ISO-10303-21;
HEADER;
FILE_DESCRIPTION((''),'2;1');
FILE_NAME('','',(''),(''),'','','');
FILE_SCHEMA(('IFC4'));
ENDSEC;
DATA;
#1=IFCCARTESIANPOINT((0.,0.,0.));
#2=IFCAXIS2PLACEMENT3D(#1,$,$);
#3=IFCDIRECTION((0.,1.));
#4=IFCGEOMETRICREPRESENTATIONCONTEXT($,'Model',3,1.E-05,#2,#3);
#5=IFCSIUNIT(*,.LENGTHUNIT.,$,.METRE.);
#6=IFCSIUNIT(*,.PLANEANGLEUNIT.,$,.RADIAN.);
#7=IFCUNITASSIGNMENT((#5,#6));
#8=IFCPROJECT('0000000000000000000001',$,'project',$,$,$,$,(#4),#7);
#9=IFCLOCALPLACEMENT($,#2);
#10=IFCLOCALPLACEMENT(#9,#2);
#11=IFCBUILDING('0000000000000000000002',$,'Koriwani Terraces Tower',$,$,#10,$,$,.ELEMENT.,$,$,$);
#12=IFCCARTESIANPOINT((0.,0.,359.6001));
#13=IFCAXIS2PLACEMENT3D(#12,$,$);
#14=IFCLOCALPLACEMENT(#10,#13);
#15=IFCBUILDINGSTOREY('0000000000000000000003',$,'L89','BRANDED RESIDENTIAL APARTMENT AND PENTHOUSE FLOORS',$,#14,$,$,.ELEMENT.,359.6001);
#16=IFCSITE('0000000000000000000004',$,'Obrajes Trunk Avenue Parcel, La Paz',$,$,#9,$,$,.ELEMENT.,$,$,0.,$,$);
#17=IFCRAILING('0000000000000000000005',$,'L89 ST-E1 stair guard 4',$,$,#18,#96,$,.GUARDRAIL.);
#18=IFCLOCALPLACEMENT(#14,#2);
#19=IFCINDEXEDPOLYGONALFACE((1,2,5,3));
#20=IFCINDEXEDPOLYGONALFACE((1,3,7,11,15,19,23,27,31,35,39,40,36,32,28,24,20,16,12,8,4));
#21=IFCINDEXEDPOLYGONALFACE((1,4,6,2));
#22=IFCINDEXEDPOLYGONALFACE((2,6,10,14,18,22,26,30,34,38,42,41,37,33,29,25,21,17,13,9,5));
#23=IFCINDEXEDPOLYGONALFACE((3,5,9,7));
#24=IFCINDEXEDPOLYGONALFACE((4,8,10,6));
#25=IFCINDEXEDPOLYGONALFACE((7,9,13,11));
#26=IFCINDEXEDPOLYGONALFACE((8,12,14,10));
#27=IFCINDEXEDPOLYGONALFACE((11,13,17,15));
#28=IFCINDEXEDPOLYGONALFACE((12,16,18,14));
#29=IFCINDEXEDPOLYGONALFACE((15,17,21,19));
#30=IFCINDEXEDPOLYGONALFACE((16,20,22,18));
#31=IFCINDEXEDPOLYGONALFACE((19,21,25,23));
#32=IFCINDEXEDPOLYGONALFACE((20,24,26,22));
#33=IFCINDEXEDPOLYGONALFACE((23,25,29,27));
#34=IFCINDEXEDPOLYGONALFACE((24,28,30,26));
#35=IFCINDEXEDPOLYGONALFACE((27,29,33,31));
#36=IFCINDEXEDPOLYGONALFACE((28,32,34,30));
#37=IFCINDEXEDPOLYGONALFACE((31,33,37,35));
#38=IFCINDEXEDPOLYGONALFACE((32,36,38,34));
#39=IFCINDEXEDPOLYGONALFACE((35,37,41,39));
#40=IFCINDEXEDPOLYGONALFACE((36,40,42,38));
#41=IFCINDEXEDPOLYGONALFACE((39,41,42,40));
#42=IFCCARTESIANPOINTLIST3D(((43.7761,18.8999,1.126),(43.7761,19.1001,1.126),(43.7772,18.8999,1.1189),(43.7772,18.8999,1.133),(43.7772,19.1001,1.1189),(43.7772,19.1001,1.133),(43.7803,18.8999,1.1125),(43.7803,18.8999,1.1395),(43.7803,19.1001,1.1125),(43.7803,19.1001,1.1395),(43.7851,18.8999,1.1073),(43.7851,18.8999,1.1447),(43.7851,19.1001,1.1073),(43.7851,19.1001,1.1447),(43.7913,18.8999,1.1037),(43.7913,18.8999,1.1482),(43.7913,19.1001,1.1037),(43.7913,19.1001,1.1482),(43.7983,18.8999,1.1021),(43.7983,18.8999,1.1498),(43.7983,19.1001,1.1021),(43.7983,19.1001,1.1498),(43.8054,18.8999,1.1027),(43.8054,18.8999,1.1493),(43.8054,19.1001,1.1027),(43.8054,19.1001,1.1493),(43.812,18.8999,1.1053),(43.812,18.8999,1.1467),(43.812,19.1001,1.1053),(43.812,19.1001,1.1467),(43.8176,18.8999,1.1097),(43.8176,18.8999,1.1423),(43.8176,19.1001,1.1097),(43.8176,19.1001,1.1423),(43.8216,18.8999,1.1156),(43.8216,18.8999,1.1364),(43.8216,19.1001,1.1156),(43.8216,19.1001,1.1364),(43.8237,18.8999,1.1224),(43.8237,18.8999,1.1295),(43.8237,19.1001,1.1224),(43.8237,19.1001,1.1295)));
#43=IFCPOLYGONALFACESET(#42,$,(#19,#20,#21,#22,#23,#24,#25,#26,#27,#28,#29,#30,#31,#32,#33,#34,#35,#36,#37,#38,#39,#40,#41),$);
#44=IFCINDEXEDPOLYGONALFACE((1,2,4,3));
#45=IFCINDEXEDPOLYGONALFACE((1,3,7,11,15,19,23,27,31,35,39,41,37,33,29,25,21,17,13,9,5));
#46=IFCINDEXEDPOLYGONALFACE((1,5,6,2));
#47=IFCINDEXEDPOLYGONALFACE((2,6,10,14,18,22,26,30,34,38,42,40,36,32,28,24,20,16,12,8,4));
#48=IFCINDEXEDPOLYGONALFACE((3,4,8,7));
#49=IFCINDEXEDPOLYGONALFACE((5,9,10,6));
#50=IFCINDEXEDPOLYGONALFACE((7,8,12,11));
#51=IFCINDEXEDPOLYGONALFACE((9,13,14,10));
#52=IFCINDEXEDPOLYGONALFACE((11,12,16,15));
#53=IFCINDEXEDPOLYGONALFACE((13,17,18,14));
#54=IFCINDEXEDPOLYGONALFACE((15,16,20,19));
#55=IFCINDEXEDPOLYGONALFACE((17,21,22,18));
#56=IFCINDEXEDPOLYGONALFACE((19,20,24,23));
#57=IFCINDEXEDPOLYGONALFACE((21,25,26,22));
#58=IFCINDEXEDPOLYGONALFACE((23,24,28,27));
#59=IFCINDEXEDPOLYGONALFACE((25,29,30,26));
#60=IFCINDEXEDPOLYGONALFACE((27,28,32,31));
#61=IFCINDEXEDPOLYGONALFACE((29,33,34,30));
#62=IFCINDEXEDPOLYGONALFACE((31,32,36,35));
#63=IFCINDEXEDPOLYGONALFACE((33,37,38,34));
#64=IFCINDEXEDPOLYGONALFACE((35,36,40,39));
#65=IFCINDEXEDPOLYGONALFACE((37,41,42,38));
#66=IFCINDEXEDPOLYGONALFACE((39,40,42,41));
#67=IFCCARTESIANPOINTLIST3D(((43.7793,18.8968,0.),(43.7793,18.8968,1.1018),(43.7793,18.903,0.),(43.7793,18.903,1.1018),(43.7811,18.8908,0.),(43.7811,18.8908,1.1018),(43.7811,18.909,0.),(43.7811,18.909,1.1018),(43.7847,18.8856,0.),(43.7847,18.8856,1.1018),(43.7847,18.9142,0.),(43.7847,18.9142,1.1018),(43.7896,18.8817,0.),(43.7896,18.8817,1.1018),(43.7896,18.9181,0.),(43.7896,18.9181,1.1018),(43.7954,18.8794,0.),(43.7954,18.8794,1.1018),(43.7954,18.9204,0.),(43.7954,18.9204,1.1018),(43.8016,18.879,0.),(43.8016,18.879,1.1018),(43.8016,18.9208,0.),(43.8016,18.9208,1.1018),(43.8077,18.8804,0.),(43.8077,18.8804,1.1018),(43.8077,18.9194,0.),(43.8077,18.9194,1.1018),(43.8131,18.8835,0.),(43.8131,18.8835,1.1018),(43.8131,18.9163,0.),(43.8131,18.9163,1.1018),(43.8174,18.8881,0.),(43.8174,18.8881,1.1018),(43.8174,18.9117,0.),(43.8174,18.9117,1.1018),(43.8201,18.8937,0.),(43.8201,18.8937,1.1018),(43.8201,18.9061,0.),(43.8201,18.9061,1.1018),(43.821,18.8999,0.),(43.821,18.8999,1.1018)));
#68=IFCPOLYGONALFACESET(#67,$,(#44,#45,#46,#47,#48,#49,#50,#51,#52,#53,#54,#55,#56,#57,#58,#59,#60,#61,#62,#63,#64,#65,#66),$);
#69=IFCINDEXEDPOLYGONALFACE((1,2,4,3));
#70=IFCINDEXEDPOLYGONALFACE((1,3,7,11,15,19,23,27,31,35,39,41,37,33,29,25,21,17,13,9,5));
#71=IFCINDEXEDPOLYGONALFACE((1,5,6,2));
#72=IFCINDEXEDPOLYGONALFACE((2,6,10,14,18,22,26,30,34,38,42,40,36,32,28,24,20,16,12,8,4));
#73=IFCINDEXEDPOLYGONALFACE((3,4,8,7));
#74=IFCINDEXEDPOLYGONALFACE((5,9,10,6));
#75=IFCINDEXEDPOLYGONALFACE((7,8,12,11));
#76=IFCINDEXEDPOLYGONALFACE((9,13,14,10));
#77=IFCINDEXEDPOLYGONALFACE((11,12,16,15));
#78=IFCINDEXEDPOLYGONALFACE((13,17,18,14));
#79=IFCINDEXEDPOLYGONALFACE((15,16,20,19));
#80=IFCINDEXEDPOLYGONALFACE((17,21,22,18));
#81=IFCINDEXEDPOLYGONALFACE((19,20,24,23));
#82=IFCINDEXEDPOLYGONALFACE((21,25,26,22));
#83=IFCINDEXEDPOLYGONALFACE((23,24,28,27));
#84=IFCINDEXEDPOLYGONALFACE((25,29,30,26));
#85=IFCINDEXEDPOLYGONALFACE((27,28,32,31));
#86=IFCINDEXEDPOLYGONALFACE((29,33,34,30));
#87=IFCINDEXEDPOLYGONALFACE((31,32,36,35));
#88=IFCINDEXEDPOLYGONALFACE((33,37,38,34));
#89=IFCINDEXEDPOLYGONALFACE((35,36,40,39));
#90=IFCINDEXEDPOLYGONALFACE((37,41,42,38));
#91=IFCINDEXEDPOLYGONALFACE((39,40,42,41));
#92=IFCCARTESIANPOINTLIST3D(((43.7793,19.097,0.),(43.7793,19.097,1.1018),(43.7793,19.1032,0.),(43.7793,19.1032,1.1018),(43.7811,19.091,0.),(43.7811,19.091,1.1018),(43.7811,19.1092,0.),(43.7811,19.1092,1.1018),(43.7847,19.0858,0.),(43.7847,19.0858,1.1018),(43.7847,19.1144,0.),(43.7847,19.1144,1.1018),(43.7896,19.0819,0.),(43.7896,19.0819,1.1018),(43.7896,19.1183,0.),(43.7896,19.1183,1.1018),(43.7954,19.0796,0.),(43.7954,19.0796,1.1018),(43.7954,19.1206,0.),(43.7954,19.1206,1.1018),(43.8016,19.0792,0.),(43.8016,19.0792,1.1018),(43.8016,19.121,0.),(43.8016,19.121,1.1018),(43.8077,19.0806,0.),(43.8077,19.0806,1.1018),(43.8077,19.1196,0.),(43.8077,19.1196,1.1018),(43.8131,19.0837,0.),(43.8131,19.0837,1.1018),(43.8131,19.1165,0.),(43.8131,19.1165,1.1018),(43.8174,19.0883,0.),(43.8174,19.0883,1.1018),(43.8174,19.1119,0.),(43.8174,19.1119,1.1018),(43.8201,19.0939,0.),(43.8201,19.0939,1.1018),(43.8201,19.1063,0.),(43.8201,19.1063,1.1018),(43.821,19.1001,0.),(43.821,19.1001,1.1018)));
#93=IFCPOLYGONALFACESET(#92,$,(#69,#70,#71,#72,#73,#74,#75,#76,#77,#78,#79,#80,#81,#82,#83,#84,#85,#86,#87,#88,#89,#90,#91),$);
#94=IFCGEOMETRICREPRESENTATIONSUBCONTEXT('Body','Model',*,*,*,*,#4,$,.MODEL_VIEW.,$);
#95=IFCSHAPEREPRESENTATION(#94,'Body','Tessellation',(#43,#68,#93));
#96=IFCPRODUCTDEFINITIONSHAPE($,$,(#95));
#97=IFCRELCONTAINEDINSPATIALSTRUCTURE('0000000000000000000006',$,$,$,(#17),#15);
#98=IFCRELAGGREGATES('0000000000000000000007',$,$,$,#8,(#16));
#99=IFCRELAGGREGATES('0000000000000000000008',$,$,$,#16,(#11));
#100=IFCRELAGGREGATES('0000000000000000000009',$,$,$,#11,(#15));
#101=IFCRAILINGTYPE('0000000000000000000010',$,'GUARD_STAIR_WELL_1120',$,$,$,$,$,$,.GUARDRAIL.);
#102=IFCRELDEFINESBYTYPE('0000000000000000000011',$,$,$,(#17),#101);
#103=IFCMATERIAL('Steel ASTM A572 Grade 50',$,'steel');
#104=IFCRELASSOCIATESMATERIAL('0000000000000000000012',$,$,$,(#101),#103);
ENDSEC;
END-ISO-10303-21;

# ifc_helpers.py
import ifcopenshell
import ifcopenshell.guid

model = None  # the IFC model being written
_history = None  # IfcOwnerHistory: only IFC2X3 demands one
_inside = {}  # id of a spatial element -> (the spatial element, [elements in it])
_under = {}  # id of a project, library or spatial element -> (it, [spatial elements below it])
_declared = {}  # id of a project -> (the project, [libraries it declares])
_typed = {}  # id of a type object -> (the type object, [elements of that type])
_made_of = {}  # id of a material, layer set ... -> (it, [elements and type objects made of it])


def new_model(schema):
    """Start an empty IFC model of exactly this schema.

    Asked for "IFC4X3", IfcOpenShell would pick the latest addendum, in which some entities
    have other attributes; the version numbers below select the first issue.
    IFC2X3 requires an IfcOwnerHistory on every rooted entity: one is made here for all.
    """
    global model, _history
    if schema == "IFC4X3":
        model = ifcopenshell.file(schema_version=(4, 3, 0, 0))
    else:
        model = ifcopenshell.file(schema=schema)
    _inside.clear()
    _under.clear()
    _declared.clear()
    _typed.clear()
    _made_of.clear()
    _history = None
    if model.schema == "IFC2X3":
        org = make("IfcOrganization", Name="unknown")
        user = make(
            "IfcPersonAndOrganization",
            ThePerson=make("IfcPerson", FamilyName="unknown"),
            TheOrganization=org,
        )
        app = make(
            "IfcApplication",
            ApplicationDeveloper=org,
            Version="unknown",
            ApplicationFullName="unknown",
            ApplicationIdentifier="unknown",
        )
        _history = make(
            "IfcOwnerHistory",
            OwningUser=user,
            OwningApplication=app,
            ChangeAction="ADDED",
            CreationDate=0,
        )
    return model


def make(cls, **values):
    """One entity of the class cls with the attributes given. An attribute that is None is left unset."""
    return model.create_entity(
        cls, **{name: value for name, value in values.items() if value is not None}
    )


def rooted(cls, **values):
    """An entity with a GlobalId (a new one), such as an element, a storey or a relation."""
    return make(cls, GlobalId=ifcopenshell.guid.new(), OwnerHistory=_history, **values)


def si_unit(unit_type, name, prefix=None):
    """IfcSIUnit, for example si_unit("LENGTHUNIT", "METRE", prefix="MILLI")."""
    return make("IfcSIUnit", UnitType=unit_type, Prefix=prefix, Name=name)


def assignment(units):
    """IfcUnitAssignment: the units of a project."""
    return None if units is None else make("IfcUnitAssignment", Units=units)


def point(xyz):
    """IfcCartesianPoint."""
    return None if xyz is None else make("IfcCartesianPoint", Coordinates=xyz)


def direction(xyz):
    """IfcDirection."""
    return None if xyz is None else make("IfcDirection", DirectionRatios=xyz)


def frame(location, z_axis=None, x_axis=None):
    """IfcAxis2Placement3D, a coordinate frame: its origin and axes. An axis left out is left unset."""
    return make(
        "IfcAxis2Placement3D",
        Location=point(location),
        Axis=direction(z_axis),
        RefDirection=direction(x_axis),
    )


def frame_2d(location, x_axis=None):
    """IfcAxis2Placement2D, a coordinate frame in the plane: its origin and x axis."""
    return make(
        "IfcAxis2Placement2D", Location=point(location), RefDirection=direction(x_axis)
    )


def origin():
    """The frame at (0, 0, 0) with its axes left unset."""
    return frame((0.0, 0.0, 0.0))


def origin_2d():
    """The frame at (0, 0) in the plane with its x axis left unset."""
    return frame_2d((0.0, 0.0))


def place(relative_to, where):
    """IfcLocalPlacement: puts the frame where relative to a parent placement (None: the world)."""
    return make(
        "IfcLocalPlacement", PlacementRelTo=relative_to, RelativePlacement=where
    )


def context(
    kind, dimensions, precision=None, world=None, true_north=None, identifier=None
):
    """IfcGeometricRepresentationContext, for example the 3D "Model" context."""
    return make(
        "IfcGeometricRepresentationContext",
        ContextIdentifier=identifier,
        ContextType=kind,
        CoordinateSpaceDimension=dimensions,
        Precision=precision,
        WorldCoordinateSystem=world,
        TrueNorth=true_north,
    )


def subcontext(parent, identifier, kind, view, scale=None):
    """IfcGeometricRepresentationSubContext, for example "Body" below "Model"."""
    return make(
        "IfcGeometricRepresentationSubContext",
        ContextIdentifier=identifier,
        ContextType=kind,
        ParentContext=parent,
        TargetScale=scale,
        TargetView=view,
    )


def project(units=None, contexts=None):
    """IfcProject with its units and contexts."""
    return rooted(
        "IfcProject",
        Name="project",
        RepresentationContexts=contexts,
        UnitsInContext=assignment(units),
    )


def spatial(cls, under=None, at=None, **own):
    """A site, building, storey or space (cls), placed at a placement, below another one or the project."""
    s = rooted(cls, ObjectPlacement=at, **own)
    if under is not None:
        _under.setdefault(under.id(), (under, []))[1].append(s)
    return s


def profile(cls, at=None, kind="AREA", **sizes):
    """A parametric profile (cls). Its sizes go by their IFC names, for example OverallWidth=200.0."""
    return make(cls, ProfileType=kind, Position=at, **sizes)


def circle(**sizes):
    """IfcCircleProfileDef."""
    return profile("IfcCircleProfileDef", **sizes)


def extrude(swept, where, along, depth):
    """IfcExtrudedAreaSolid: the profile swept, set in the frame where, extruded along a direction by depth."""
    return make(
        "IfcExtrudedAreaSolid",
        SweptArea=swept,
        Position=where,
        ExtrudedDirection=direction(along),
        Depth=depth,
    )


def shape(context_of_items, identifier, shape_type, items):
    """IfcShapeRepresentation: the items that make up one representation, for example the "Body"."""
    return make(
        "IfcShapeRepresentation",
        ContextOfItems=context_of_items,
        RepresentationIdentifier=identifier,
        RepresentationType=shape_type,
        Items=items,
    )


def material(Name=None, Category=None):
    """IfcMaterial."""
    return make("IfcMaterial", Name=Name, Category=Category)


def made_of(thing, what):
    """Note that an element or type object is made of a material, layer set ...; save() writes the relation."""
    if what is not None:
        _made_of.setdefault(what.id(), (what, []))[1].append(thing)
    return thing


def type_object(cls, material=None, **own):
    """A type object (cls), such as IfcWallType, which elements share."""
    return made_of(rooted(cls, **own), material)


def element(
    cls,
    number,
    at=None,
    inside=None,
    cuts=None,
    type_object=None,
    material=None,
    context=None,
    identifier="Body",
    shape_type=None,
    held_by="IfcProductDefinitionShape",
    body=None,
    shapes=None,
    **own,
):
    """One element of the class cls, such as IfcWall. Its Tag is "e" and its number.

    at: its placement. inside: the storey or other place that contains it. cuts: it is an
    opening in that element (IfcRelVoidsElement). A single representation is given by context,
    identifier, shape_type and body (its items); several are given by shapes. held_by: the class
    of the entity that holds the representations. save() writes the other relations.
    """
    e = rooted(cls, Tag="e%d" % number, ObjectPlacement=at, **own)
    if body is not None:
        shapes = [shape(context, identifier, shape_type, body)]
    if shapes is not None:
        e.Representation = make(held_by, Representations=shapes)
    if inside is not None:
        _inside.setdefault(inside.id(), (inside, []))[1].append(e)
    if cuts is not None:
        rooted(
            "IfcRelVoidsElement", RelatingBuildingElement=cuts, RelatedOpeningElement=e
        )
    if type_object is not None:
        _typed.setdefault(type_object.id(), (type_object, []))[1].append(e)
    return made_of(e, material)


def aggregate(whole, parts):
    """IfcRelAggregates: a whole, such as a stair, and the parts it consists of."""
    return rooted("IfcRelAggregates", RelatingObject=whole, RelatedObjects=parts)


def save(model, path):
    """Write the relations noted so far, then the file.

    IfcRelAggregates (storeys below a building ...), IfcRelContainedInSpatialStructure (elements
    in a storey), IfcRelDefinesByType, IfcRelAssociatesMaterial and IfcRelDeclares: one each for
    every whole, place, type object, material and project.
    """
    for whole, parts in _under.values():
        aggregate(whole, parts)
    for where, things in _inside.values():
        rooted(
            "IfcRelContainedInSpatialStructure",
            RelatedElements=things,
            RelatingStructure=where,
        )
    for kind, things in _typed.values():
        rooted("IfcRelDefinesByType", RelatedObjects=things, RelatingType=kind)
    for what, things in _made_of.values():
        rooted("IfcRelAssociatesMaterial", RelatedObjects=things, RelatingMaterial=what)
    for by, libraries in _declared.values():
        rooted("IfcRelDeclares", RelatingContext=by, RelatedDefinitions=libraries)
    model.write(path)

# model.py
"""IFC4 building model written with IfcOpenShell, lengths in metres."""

from ifc_helpers import new_model, si_unit, direction, frame, origin, origin_2d, place, context, subcontext, project, spatial, circle, extrude, material, type_object, element, save


model = new_model("IFC4")

# Units and contexts
model_context = context("Model", 3, precision=1e-05, world=origin(), true_north=direction((0.0, 1.0)))
body_context = subcontext(model_context, "Body", "Model", "MODEL_VIEW")
ifc_project = project(units=[si_unit("LENGTHUNIT", "METRE"), si_unit("PLANEANGLEUNIT", "RADIAN")], contexts=[model_context])

# Site, building, storey
site_placement = place(None, origin())
site = spatial("IfcSite", under=ifc_project, at=site_placement, Name="Obrajes Trunk Avenue Parcel, La Paz", CompositionType="ELEMENT", RefElevation=0.0)
building_placement = place(site_placement, origin())
building = spatial("IfcBuilding", under=site, at=building_placement, Name="Koriwani Terraces Tower", CompositionType="ELEMENT")
storey_placement = place(building_placement, frame((0.0, 0.0, 359.6001)))
storey = spatial("IfcBuildingStorey", under=building, at=storey_placement, Name="L89", Description="BRANDED RESIDENTIAL APARTMENT AND PENTHOUSE FLOORS", CompositionType="ELEMENT", Elevation=359.6001)

# Shared definitions
ifc_material_1 = material(Name="Steel ASTM A572 Grade 50", Category="steel")

# Railing
railing_type_1 = type_object("IfcRailingType", Name="GUARD_STAIR_WELL_1120", PredefinedType="GUARDRAIL", material=ifc_material_1)
railing_1_placement = place(storey_placement, frame((43.8, 18.8999, 0.0)))
element("IfcRailing", 1, at=railing_1_placement, inside=storey, type_object=railing_type_1, Name="L89 ST-E1 stair guard 4", PredefinedType="GUARDRAIL", context=body_context, shape_type="SweptSolid", body=[
    extrude(circle(Radius=0.0239, at=origin_2d()), frame((0.0, 0.0, 1.126), z_axis=(0.0, 1.0, 0.0), x_axis=(-1.0, 0.0, 0.0)), (0.0, 0.0, 1.0), 0.2002),
    extrude(circle(Radius=0.021, at=origin_2d()), origin(), (0.0, 0.0, 1.0), 1.1018),
    extrude(circle(Radius=0.021, at=origin_2d()), frame((0.0, 0.2002, 0.0)), (0.0, 0.0, 1.0), 1.1018),
])

save(model, "model.ifc")
